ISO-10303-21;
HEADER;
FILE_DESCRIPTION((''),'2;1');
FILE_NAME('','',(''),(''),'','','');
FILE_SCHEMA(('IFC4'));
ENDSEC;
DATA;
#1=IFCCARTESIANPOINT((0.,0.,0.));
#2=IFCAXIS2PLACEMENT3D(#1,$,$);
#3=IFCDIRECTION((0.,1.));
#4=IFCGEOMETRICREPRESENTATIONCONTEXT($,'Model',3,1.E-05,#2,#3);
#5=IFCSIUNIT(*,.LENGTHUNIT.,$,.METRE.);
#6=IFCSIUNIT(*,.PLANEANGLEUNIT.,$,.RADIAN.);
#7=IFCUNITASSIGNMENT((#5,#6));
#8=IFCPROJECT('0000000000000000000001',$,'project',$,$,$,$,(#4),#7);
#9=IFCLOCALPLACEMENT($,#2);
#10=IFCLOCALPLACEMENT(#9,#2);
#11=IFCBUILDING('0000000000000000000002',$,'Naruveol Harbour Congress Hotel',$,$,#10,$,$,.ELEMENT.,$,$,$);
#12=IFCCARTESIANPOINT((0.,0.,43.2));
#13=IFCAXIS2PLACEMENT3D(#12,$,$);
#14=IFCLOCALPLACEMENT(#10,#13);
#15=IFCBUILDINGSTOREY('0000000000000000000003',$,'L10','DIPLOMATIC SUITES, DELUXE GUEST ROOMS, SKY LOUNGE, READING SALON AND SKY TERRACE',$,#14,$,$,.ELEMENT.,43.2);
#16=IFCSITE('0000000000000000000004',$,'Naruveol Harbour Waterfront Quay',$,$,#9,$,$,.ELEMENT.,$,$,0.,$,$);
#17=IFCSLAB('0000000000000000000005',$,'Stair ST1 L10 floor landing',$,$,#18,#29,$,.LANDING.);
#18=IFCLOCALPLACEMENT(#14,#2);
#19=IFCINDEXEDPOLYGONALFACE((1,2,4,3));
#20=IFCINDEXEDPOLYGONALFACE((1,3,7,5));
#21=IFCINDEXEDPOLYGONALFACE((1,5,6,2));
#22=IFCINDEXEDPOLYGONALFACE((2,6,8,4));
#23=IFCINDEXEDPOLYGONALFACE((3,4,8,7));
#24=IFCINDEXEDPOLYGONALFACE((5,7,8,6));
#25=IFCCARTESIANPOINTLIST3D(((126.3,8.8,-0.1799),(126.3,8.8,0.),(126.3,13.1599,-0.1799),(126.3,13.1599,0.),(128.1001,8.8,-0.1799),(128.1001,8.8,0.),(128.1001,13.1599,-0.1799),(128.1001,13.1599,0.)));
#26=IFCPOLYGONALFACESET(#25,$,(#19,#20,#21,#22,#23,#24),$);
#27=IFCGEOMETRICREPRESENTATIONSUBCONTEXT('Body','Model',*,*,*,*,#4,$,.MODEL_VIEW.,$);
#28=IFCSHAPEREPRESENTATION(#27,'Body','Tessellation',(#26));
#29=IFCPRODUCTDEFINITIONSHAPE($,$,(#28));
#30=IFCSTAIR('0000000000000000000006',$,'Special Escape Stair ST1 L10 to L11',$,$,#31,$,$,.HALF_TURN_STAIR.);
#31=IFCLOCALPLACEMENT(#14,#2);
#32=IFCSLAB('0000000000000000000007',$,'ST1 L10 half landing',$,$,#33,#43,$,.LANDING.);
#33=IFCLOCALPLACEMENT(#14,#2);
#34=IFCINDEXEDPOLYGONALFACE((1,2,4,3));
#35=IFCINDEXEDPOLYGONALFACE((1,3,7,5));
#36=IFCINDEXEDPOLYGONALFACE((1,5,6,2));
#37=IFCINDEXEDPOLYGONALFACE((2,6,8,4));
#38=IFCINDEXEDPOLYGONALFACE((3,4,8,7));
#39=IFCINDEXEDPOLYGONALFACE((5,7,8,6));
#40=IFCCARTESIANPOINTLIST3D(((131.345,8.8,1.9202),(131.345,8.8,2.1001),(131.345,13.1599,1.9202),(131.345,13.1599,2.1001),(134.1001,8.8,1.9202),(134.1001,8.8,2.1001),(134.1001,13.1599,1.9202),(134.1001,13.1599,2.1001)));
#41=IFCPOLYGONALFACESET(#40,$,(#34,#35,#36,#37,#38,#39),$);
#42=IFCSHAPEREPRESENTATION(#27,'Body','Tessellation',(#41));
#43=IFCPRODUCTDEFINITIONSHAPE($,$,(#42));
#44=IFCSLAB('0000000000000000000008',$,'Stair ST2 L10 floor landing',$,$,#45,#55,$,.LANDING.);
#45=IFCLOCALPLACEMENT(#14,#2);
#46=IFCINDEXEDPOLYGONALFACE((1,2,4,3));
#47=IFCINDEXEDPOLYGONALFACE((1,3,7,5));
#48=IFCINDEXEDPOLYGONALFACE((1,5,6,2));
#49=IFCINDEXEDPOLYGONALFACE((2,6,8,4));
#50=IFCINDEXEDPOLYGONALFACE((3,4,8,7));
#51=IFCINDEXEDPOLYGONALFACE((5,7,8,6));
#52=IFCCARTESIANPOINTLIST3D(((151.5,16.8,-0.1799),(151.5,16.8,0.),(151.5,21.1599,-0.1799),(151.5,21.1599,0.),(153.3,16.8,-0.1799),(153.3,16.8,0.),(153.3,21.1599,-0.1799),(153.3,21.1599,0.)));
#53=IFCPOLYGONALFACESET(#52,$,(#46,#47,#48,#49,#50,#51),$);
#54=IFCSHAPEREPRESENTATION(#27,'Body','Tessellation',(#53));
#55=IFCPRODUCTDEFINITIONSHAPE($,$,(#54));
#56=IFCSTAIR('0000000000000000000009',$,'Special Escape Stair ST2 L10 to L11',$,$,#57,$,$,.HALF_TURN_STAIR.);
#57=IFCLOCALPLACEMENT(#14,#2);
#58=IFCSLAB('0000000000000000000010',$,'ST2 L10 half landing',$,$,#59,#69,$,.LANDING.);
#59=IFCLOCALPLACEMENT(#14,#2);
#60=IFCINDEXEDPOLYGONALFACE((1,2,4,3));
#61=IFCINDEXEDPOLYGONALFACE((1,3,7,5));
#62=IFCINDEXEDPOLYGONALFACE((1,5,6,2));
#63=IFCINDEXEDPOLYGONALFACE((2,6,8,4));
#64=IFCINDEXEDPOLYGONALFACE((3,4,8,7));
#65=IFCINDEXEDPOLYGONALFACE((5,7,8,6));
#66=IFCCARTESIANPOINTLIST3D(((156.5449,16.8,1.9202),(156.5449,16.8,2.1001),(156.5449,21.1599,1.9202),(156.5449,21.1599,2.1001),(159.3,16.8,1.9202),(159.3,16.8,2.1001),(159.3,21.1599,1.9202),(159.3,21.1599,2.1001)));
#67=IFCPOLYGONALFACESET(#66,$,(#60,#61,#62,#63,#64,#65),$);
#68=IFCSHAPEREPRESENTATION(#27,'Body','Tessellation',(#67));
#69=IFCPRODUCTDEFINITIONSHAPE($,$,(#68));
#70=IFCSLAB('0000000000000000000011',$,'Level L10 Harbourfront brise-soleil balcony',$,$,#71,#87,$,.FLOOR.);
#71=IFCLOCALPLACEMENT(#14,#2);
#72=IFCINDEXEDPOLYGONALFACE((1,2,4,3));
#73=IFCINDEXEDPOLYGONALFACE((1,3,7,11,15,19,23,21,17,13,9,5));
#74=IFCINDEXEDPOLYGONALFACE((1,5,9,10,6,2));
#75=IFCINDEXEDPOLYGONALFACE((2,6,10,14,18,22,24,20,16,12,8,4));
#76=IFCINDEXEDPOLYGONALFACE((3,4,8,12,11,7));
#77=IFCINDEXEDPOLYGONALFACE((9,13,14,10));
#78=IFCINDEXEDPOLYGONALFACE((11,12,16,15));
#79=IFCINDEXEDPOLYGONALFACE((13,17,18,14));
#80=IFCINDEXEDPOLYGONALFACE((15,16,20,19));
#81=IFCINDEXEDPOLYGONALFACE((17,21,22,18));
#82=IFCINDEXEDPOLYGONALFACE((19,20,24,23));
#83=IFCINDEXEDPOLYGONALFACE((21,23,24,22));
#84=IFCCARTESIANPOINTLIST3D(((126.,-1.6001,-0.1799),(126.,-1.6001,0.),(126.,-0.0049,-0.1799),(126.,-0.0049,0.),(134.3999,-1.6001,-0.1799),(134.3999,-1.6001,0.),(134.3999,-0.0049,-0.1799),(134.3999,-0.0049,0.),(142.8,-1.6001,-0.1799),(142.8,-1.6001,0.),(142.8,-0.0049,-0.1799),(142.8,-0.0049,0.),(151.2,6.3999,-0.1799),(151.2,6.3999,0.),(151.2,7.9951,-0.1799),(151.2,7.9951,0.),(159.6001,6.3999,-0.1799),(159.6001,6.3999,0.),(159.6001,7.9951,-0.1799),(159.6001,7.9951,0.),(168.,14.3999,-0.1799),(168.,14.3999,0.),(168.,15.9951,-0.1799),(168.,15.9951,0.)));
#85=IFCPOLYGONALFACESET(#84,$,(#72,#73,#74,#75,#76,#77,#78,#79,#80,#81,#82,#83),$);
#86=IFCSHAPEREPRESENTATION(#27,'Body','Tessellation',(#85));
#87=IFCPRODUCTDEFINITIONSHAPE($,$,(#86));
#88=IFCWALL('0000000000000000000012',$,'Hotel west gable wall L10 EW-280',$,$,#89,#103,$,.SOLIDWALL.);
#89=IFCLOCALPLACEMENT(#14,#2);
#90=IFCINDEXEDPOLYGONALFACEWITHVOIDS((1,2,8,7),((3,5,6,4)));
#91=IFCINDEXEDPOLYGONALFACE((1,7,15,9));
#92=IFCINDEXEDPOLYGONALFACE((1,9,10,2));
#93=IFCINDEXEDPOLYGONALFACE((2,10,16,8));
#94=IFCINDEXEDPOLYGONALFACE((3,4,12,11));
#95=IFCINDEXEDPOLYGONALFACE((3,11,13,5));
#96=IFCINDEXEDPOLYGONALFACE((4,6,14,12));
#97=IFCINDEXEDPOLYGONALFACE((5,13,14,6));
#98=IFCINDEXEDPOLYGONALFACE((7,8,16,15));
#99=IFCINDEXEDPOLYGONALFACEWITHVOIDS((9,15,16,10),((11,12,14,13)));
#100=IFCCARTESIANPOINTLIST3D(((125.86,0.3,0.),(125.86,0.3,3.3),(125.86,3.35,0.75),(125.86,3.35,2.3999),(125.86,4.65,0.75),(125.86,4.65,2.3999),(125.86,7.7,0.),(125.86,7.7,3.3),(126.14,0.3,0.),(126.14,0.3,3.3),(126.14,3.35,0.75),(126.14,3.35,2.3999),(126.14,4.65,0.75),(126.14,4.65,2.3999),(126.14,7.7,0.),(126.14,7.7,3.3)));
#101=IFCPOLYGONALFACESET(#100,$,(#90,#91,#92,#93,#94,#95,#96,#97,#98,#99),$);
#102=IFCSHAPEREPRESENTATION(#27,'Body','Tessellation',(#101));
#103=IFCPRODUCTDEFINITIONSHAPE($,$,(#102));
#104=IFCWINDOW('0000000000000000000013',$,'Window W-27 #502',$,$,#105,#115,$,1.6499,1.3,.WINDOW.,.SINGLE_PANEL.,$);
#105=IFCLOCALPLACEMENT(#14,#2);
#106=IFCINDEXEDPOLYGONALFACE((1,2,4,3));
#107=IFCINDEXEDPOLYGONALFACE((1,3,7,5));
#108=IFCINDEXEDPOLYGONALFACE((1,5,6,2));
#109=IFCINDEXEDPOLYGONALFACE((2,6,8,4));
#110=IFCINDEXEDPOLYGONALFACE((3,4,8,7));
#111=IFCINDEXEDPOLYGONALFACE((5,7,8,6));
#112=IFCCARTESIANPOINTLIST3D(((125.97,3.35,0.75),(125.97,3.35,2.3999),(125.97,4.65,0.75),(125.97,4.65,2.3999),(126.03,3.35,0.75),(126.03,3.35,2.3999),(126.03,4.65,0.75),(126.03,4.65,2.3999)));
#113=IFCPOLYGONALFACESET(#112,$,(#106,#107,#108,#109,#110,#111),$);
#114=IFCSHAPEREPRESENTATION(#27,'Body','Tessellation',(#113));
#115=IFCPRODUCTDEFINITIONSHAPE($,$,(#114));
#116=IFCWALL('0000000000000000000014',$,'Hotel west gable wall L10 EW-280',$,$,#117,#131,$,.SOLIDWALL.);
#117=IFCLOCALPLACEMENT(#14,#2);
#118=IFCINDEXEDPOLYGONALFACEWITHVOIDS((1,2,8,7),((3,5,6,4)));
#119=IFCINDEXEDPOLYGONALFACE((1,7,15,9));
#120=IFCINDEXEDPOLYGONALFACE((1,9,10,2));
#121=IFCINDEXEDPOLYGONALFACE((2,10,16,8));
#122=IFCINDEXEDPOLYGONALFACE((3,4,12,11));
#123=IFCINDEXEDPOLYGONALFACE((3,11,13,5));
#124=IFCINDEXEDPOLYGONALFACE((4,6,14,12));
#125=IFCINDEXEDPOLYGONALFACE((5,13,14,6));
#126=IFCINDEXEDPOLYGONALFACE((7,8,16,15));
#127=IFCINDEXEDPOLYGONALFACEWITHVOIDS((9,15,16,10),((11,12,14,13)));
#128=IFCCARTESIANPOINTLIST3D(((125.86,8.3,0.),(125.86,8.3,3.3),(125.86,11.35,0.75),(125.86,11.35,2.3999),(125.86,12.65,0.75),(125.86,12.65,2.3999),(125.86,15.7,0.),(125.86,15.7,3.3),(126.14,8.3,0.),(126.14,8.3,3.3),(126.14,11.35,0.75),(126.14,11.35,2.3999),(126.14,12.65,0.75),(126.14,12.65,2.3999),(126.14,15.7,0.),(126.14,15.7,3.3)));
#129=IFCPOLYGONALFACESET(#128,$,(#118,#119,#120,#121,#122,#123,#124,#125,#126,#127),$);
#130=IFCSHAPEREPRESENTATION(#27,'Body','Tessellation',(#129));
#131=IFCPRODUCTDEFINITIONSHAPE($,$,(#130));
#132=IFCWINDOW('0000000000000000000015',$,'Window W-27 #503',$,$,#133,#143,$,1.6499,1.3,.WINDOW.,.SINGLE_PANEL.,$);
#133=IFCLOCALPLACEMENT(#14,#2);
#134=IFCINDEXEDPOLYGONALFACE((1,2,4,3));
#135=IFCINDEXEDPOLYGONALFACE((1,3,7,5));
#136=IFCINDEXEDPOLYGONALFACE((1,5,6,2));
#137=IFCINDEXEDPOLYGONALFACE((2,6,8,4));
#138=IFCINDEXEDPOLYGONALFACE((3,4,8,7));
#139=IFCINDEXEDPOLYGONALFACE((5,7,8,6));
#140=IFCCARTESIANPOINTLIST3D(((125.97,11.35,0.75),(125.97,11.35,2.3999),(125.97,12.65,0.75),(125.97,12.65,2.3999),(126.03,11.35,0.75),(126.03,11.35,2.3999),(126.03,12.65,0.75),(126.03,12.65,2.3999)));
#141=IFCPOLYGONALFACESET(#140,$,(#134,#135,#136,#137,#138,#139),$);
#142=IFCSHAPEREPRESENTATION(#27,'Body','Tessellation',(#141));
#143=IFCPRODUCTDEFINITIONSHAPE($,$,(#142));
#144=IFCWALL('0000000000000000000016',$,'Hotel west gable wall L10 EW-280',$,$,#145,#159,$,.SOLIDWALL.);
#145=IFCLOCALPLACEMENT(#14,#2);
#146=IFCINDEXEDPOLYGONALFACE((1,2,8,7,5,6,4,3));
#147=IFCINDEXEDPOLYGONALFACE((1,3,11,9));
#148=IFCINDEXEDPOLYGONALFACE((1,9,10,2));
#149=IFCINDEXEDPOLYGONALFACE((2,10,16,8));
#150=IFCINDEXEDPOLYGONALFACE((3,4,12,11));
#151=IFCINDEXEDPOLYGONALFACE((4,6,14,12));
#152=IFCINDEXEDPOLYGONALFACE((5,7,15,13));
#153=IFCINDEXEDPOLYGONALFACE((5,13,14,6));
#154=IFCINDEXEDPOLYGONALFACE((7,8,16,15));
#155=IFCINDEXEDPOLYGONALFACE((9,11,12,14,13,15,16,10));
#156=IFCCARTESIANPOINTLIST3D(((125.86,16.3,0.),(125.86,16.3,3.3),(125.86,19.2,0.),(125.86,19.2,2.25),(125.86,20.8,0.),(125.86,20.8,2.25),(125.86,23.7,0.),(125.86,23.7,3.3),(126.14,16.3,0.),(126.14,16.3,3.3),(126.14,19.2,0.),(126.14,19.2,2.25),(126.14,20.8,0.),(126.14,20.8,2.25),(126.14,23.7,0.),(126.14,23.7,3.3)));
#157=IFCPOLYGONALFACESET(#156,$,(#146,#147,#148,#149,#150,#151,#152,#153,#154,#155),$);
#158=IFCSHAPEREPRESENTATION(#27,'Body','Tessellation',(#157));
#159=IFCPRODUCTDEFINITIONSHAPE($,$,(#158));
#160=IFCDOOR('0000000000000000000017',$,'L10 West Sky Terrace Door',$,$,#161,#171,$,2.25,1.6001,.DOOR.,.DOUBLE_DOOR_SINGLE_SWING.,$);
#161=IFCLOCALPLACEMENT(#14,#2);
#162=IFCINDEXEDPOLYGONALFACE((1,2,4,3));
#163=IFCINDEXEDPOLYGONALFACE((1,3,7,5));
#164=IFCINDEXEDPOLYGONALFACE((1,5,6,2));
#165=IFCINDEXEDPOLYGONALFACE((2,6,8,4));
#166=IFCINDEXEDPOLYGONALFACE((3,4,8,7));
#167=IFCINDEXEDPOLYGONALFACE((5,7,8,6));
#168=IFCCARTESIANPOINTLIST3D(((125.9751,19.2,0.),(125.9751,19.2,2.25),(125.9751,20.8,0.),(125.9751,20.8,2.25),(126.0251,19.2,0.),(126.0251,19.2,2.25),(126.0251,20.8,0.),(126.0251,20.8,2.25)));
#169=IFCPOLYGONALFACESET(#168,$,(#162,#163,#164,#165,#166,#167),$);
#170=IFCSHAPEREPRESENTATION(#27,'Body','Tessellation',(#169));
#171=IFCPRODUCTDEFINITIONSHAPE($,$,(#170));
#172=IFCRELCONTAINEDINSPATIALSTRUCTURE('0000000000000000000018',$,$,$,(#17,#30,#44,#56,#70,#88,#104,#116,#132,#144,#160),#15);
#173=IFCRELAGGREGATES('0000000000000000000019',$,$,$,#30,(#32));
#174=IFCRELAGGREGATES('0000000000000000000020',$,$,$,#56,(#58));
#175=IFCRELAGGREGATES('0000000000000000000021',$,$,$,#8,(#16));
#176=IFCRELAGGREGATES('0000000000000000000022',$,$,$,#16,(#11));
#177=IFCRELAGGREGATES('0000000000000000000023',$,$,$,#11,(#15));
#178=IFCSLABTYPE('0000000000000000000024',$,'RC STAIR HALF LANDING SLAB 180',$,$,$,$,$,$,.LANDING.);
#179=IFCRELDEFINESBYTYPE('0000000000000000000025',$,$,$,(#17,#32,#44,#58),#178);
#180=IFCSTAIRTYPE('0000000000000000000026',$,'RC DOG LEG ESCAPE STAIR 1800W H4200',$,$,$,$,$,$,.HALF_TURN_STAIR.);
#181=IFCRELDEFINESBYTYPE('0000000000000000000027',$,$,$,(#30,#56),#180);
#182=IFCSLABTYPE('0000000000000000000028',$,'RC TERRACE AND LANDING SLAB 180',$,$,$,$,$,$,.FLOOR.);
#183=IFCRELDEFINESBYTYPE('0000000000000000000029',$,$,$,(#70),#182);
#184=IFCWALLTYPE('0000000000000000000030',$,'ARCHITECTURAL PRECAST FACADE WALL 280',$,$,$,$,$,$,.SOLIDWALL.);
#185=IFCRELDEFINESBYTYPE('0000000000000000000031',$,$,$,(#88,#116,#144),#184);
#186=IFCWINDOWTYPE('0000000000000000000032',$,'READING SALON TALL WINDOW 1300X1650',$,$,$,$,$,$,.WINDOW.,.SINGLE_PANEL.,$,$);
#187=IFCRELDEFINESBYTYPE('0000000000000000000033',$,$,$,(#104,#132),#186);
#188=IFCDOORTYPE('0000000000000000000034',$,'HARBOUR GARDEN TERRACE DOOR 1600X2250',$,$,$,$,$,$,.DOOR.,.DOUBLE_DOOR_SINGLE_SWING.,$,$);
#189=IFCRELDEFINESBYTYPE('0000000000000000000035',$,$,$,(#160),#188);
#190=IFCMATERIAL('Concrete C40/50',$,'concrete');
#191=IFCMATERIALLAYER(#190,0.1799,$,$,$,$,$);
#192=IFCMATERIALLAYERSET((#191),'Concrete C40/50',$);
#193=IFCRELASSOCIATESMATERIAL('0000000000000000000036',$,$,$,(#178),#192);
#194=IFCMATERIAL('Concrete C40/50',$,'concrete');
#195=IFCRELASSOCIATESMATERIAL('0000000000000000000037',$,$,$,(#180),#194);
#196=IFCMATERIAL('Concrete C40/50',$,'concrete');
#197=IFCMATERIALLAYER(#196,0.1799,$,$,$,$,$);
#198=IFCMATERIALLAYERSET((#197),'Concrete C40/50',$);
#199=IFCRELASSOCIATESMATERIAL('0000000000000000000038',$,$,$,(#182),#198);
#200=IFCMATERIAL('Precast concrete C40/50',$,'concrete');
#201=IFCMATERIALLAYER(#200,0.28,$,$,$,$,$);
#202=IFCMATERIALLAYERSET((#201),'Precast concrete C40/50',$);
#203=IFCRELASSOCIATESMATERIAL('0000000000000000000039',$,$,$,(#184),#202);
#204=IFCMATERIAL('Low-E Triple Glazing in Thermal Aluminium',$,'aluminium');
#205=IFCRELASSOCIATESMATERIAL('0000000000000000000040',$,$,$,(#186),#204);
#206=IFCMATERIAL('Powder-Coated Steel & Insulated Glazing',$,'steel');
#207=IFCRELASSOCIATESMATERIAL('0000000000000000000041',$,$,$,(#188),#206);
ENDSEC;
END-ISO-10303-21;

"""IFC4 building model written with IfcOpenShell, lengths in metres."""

from ifc_helpers import new_model, si_unit, direction, frame, frame_2d, origin, place, context, subcontext, project, spatial, polyline, rectangle, outline, extrude, material, layer, layer_set, type_object, element, fill, aggregate, save


model = new_model("IFC4")

# Units and contexts
model_context = context("Model", 3, precision=1e-05, world=origin(), true_north=direction((0.0, 1.0)))
body_context = subcontext(model_context, "Body", "Model", "MODEL_VIEW")
ifc_project = project(units=[si_unit("LENGTHUNIT", "METRE"), si_unit("PLANEANGLEUNIT", "RADIAN")], contexts=[model_context])

# Site, building, storey
site_placement = place(None, origin())
site = spatial("IfcSite", under=ifc_project, at=site_placement, Name="Naruveol Harbour Waterfront Quay", CompositionType="ELEMENT", RefElevation=0.0)
building_placement = place(site_placement, origin())
building = spatial("IfcBuilding", under=site, at=building_placement, Name="Naruveol Harbour Congress Hotel", CompositionType="ELEMENT")
storey_placement = place(building_placement, frame((0.0, 0.0, 43.2)))
storey = spatial("IfcBuildingStorey", under=building, at=storey_placement, Name="L10", Description="DIPLOMATIC SUITES, DELUXE GUEST ROOMS, SKY LOUNGE, READING SALON AND SKY TERRACE", CompositionType="ELEMENT", Elevation=43.2)

# Slab
ifc_material_1 = material(Name="Concrete C40/50", Category="concrete")
ifc_layer_1 = layer(ifc_material_1, 0.1799)
ifc_layer_set_1 = layer_set([ifc_layer_1], Name="Concrete C40/50")
slab_type_1 = type_object("IfcSlabType", Name="RC STAIR HALF LANDING SLAB 180", PredefinedType="LANDING", material=ifc_layer_set_1)
slab_1_placement = place(storey_placement, frame((0.0, 0.0, -0.1799)))
element("IfcSlab", 1, at=slab_1_placement, inside=storey, type_object=slab_type_1, Name="Stair ST1 L10 floor landing", PredefinedType="LANDING", context=body_context, shape_type="SweptSolid", body=[
    extrude(outline(polyline([(126.3, 8.8), (128.1001, 8.8), (128.1001, 13.1599), (126.3, 13.1599), (126.3, 8.8)])), origin(), (0.0, 0.0, 1.0), 0.1799),
])

# Stair, slab
ifc_material_2 = material(Name="Concrete C40/50", Category="concrete")
stair_type = type_object("IfcStairType", Name="RC DOG LEG ESCAPE STAIR 1800W H4200", PredefinedType="HALF_TURN_STAIR", material=ifc_material_2)
stair_1_placement = place(storey_placement, origin())
stair_1 = element("IfcStair", 2, at=stair_1_placement, inside=storey, type_object=stair_type, Name="Special Escape Stair ST1 L10 to L11", PredefinedType="HALF_TURN_STAIR")
slab_2_placement = place(storey_placement, frame((0.0, 0.0, 1.9202)))
slab_2 = element("IfcSlab", 3, at=slab_2_placement, type_object=slab_type_1, Name="ST1 L10 half landing", PredefinedType="LANDING", context=body_context, shape_type="SweptSolid", body=[
    extrude(outline(polyline([(131.345, 8.8), (134.1001, 8.8), (134.1001, 13.1599), (131.345, 13.1599), (131.345, 8.8)])), origin(), (0.0, 0.0, 1.0), 0.1799),
])
aggregate(stair_1, [slab_2])

# Slab
slab_3_placement = place(storey_placement, frame((0.0, 0.0, -0.1799)))
element("IfcSlab", 4, at=slab_3_placement, inside=storey, type_object=slab_type_1, Name="Stair ST2 L10 floor landing", PredefinedType="LANDING", context=body_context, shape_type="SweptSolid", body=[
    extrude(outline(polyline([(151.5, 16.8), (153.3, 16.8), (153.3, 21.1599), (151.5, 21.1599), (151.5, 16.8)])), origin(), (0.0, 0.0, 1.0), 0.1799),
])

# Stair, slab
stair_2_placement = place(storey_placement, origin())
stair_2 = element("IfcStair", 5, at=stair_2_placement, inside=storey, type_object=stair_type, Name="Special Escape Stair ST2 L10 to L11", PredefinedType="HALF_TURN_STAIR")
slab_4_placement = place(storey_placement, frame((0.0, 0.0, 1.9202)))
slab_4 = element("IfcSlab", 6, at=slab_4_placement, type_object=slab_type_1, Name="ST2 L10 half landing", PredefinedType="LANDING", context=body_context, shape_type="SweptSolid", body=[
    extrude(outline(polyline([(156.5449, 16.8), (159.3, 16.8), (159.3, 21.1599), (156.5449, 21.1599), (156.5449, 16.8)])), origin(), (0.0, 0.0, 1.0), 0.1799),
])
aggregate(stair_2, [slab_4])

# Slab
ifc_material_3 = material(Name="Concrete C40/50", Category="concrete")
ifc_layer_2 = layer(ifc_material_3, 0.1799)
ifc_layer_set_2 = layer_set([ifc_layer_2], Name="Concrete C40/50")
slab_type_2 = type_object("IfcSlabType", Name="RC TERRACE AND LANDING SLAB 180", PredefinedType="FLOOR", material=ifc_layer_set_2)
slab_5_placement = place(storey_placement, frame((0.0, 0.0, -0.1799)))
element("IfcSlab", 7, at=slab_5_placement, inside=storey, type_object=slab_type_2, Name="Level L10 Harbourfront brise-soleil balcony", PredefinedType="FLOOR", context=body_context, shape_type="SweptSolid", body=[
    extrude(outline(polyline([(126.0, -1.6001), (134.3999, -1.6001), (142.8, -1.6001), (151.2, 6.3999), (159.6001, 6.3999), (168.0, 14.3999), (168.0, 15.9951), (159.6001, 7.9951), (151.2, 7.9951), (142.8, -0.0049), (134.3999, -0.0049), (126.0, -0.0049), (126.0, -1.6001)])), origin(), (0.0, 0.0, 1.0), 0.1799),
])

# Walls, openings, windows
ifc_material_4 = material(Name="Precast concrete C40/50", Category="concrete")
ifc_layer_3 = layer(ifc_material_4, 0.28)
ifc_layer_set_3 = layer_set([ifc_layer_3], Name="Precast concrete C40/50")
wall_type = type_object("IfcWallType", Name="ARCHITECTURAL PRECAST FACADE WALL 280", PredefinedType="SOLIDWALL", material=ifc_layer_set_3)
wall_1_placement = place(storey_placement, frame((126.0, 0.3, 0.0), z_axis=(0.0, 0.0, 1.0), x_axis=(0.0, 1.0, 0.0)))
wall_1 = element("IfcWall", 8, at=wall_1_placement, inside=storey, type_object=wall_type, Name="Hotel west gable wall L10 EW-280", PredefinedType="SOLIDWALL", context=body_context, shape_type="SweptSolid", body=[
    extrude(rectangle(XDim=7.3999, YDim=0.28, at=frame_2d((3.7, 0.0))), origin(), (0.0, 0.0, 1.0), 3.3),
])
opening_1_placement = place(wall_1_placement, frame((3.05, 0.0, 0.75)))
opening_1 = element("IfcOpeningElement", 9, at=opening_1_placement, cuts=wall_1, PredefinedType="OPENING", context=body_context, shape_type="SweptSolid", body=[
    extrude(rectangle(XDim=1.3, YDim=1.6499, at=frame_2d((0.6499, 0.825))), frame((0.0, 0.1499, 0.0), z_axis=(0.0, -1.0, 0.0), x_axis=(1.0, 0.0, 0.0)), (0.0, 0.0, 1.0), 0.3),
])
ifc_material_5 = material(Name="Low-E Triple Glazing in Thermal Aluminium", Category="aluminium")
window_type = type_object("IfcWindowType", Name="READING SALON TALL WINDOW 1300X1650", PartitioningType="SINGLE_PANEL", PredefinedType="WINDOW", material=ifc_material_5)
window_1_placement = place(opening_1_placement, origin())
window_1 = element("IfcWindow", 10, at=window_1_placement, inside=storey, type_object=window_type, Name="Window W-27 #502", OverallHeight=1.6499, OverallWidth=1.3, PartitioningType="SINGLE_PANEL", PredefinedType="WINDOW", context=body_context, shape_type="SweptSolid", body=[
    extrude(rectangle(XDim=1.3, YDim=1.6499, at=frame_2d((0.6499, 0.825))), frame((0.0, 0.03, 0.0), z_axis=(0.0, -1.0, 0.0), x_axis=(1.0, 0.0, 0.0)), (0.0, 0.0, 1.0), 0.0601),
])
fill(opening_1, window_1)
wall_2_placement = place(storey_placement, frame((126.0, 8.3, 0.0), z_axis=(0.0, 0.0, 1.0), x_axis=(0.0, 1.0, 0.0)))
wall_2 = element("IfcWall", 11, at=wall_2_placement, inside=storey, type_object=wall_type, Name="Hotel west gable wall L10 EW-280", PredefinedType="SOLIDWALL", context=body_context, shape_type="SweptSolid", body=[
    extrude(rectangle(XDim=7.3999, YDim=0.28, at=frame_2d((3.7, 0.0))), origin(), (0.0, 0.0, 1.0), 3.3),
])
opening_2_placement = place(wall_2_placement, frame((3.05, 0.0, 0.75)))
opening_2 = element("IfcOpeningElement", 12, at=opening_2_placement, cuts=wall_2, PredefinedType="OPENING", context=body_context, shape_type="SweptSolid", body=[
    extrude(rectangle(XDim=1.3, YDim=1.6499, at=frame_2d((0.6499, 0.825))), frame((0.0, 0.1499, 0.0), z_axis=(0.0, -1.0, 0.0), x_axis=(1.0, 0.0, 0.0)), (0.0, 0.0, 1.0), 0.3),
])
window_2_placement = place(opening_2_placement, origin())
window_2 = element("IfcWindow", 13, at=window_2_placement, inside=storey, type_object=window_type, Name="Window W-27 #503", OverallHeight=1.6499, OverallWidth=1.3, PartitioningType="SINGLE_PANEL", PredefinedType="WINDOW", context=body_context, shape_type="SweptSolid", body=[
    extrude(rectangle(XDim=1.3, YDim=1.6499, at=frame_2d((0.6499, 0.825))), frame((0.0, 0.03, 0.0), z_axis=(0.0, -1.0, 0.0), x_axis=(1.0, 0.0, 0.0)), (0.0, 0.0, 1.0), 0.0601),
])
fill(opening_2, window_2)

# Wall, opening, door
wall_3_placement = place(storey_placement, frame((126.0, 16.3, 0.0), z_axis=(0.0, 0.0, 1.0), x_axis=(0.0, 1.0, 0.0)))
wall_3 = element("IfcWall", 14, at=wall_3_placement, inside=storey, type_object=wall_type, Name="Hotel west gable wall L10 EW-280", PredefinedType="SOLIDWALL", context=body_context, shape_type="SweptSolid", body=[
    extrude(rectangle(XDim=7.3999, YDim=0.28, at=frame_2d((3.7, 0.0))), origin(), (0.0, 0.0, 1.0), 3.3),
])
opening_3_placement = place(wall_3_placement, frame((2.8999, 0.0, 0.0)))
opening_3 = element("IfcOpeningElement", 15, at=opening_3_placement, cuts=wall_3, PredefinedType="OPENING", context=body_context, shape_type="SweptSolid", body=[
    extrude(rectangle(XDim=1.6001, YDim=2.25, at=frame_2d((0.8, 1.125))), frame((0.0, 0.1499, 0.0), z_axis=(0.0, -1.0, 0.0), x_axis=(1.0, 0.0, 0.0)), (0.0, 0.0, 1.0), 0.3),
])
ifc_material_6 = material(Name="Powder-Coated Steel & Insulated Glazing", Category="steel")
door_type = type_object("IfcDoorType", Name="HARBOUR GARDEN TERRACE DOOR 1600X2250", OperationType="DOUBLE_DOOR_SINGLE_SWING", PredefinedType="DOOR", material=ifc_material_6)
door_placement = place(opening_3_placement, origin())
door = element("IfcDoor", 16, at=door_placement, inside=storey, type_object=door_type, Name="L10 West Sky Terrace Door", OperationType="DOUBLE_DOOR_SINGLE_SWING", OverallHeight=2.25, OverallWidth=1.6001, PredefinedType="DOOR", context=body_context, shape_type="SweptSolid", body=[
    extrude(rectangle(XDim=1.6001, YDim=2.25, at=frame_2d((0.8, 1.125))), frame((0.0, 0.0249, 0.0), z_axis=(0.0, -1.0, 0.0), x_axis=(1.0, 0.0, 0.0)), (0.0, 0.0, 1.0), 0.05),
])
fill(opening_3, door)

save(model, "model.ifc")
